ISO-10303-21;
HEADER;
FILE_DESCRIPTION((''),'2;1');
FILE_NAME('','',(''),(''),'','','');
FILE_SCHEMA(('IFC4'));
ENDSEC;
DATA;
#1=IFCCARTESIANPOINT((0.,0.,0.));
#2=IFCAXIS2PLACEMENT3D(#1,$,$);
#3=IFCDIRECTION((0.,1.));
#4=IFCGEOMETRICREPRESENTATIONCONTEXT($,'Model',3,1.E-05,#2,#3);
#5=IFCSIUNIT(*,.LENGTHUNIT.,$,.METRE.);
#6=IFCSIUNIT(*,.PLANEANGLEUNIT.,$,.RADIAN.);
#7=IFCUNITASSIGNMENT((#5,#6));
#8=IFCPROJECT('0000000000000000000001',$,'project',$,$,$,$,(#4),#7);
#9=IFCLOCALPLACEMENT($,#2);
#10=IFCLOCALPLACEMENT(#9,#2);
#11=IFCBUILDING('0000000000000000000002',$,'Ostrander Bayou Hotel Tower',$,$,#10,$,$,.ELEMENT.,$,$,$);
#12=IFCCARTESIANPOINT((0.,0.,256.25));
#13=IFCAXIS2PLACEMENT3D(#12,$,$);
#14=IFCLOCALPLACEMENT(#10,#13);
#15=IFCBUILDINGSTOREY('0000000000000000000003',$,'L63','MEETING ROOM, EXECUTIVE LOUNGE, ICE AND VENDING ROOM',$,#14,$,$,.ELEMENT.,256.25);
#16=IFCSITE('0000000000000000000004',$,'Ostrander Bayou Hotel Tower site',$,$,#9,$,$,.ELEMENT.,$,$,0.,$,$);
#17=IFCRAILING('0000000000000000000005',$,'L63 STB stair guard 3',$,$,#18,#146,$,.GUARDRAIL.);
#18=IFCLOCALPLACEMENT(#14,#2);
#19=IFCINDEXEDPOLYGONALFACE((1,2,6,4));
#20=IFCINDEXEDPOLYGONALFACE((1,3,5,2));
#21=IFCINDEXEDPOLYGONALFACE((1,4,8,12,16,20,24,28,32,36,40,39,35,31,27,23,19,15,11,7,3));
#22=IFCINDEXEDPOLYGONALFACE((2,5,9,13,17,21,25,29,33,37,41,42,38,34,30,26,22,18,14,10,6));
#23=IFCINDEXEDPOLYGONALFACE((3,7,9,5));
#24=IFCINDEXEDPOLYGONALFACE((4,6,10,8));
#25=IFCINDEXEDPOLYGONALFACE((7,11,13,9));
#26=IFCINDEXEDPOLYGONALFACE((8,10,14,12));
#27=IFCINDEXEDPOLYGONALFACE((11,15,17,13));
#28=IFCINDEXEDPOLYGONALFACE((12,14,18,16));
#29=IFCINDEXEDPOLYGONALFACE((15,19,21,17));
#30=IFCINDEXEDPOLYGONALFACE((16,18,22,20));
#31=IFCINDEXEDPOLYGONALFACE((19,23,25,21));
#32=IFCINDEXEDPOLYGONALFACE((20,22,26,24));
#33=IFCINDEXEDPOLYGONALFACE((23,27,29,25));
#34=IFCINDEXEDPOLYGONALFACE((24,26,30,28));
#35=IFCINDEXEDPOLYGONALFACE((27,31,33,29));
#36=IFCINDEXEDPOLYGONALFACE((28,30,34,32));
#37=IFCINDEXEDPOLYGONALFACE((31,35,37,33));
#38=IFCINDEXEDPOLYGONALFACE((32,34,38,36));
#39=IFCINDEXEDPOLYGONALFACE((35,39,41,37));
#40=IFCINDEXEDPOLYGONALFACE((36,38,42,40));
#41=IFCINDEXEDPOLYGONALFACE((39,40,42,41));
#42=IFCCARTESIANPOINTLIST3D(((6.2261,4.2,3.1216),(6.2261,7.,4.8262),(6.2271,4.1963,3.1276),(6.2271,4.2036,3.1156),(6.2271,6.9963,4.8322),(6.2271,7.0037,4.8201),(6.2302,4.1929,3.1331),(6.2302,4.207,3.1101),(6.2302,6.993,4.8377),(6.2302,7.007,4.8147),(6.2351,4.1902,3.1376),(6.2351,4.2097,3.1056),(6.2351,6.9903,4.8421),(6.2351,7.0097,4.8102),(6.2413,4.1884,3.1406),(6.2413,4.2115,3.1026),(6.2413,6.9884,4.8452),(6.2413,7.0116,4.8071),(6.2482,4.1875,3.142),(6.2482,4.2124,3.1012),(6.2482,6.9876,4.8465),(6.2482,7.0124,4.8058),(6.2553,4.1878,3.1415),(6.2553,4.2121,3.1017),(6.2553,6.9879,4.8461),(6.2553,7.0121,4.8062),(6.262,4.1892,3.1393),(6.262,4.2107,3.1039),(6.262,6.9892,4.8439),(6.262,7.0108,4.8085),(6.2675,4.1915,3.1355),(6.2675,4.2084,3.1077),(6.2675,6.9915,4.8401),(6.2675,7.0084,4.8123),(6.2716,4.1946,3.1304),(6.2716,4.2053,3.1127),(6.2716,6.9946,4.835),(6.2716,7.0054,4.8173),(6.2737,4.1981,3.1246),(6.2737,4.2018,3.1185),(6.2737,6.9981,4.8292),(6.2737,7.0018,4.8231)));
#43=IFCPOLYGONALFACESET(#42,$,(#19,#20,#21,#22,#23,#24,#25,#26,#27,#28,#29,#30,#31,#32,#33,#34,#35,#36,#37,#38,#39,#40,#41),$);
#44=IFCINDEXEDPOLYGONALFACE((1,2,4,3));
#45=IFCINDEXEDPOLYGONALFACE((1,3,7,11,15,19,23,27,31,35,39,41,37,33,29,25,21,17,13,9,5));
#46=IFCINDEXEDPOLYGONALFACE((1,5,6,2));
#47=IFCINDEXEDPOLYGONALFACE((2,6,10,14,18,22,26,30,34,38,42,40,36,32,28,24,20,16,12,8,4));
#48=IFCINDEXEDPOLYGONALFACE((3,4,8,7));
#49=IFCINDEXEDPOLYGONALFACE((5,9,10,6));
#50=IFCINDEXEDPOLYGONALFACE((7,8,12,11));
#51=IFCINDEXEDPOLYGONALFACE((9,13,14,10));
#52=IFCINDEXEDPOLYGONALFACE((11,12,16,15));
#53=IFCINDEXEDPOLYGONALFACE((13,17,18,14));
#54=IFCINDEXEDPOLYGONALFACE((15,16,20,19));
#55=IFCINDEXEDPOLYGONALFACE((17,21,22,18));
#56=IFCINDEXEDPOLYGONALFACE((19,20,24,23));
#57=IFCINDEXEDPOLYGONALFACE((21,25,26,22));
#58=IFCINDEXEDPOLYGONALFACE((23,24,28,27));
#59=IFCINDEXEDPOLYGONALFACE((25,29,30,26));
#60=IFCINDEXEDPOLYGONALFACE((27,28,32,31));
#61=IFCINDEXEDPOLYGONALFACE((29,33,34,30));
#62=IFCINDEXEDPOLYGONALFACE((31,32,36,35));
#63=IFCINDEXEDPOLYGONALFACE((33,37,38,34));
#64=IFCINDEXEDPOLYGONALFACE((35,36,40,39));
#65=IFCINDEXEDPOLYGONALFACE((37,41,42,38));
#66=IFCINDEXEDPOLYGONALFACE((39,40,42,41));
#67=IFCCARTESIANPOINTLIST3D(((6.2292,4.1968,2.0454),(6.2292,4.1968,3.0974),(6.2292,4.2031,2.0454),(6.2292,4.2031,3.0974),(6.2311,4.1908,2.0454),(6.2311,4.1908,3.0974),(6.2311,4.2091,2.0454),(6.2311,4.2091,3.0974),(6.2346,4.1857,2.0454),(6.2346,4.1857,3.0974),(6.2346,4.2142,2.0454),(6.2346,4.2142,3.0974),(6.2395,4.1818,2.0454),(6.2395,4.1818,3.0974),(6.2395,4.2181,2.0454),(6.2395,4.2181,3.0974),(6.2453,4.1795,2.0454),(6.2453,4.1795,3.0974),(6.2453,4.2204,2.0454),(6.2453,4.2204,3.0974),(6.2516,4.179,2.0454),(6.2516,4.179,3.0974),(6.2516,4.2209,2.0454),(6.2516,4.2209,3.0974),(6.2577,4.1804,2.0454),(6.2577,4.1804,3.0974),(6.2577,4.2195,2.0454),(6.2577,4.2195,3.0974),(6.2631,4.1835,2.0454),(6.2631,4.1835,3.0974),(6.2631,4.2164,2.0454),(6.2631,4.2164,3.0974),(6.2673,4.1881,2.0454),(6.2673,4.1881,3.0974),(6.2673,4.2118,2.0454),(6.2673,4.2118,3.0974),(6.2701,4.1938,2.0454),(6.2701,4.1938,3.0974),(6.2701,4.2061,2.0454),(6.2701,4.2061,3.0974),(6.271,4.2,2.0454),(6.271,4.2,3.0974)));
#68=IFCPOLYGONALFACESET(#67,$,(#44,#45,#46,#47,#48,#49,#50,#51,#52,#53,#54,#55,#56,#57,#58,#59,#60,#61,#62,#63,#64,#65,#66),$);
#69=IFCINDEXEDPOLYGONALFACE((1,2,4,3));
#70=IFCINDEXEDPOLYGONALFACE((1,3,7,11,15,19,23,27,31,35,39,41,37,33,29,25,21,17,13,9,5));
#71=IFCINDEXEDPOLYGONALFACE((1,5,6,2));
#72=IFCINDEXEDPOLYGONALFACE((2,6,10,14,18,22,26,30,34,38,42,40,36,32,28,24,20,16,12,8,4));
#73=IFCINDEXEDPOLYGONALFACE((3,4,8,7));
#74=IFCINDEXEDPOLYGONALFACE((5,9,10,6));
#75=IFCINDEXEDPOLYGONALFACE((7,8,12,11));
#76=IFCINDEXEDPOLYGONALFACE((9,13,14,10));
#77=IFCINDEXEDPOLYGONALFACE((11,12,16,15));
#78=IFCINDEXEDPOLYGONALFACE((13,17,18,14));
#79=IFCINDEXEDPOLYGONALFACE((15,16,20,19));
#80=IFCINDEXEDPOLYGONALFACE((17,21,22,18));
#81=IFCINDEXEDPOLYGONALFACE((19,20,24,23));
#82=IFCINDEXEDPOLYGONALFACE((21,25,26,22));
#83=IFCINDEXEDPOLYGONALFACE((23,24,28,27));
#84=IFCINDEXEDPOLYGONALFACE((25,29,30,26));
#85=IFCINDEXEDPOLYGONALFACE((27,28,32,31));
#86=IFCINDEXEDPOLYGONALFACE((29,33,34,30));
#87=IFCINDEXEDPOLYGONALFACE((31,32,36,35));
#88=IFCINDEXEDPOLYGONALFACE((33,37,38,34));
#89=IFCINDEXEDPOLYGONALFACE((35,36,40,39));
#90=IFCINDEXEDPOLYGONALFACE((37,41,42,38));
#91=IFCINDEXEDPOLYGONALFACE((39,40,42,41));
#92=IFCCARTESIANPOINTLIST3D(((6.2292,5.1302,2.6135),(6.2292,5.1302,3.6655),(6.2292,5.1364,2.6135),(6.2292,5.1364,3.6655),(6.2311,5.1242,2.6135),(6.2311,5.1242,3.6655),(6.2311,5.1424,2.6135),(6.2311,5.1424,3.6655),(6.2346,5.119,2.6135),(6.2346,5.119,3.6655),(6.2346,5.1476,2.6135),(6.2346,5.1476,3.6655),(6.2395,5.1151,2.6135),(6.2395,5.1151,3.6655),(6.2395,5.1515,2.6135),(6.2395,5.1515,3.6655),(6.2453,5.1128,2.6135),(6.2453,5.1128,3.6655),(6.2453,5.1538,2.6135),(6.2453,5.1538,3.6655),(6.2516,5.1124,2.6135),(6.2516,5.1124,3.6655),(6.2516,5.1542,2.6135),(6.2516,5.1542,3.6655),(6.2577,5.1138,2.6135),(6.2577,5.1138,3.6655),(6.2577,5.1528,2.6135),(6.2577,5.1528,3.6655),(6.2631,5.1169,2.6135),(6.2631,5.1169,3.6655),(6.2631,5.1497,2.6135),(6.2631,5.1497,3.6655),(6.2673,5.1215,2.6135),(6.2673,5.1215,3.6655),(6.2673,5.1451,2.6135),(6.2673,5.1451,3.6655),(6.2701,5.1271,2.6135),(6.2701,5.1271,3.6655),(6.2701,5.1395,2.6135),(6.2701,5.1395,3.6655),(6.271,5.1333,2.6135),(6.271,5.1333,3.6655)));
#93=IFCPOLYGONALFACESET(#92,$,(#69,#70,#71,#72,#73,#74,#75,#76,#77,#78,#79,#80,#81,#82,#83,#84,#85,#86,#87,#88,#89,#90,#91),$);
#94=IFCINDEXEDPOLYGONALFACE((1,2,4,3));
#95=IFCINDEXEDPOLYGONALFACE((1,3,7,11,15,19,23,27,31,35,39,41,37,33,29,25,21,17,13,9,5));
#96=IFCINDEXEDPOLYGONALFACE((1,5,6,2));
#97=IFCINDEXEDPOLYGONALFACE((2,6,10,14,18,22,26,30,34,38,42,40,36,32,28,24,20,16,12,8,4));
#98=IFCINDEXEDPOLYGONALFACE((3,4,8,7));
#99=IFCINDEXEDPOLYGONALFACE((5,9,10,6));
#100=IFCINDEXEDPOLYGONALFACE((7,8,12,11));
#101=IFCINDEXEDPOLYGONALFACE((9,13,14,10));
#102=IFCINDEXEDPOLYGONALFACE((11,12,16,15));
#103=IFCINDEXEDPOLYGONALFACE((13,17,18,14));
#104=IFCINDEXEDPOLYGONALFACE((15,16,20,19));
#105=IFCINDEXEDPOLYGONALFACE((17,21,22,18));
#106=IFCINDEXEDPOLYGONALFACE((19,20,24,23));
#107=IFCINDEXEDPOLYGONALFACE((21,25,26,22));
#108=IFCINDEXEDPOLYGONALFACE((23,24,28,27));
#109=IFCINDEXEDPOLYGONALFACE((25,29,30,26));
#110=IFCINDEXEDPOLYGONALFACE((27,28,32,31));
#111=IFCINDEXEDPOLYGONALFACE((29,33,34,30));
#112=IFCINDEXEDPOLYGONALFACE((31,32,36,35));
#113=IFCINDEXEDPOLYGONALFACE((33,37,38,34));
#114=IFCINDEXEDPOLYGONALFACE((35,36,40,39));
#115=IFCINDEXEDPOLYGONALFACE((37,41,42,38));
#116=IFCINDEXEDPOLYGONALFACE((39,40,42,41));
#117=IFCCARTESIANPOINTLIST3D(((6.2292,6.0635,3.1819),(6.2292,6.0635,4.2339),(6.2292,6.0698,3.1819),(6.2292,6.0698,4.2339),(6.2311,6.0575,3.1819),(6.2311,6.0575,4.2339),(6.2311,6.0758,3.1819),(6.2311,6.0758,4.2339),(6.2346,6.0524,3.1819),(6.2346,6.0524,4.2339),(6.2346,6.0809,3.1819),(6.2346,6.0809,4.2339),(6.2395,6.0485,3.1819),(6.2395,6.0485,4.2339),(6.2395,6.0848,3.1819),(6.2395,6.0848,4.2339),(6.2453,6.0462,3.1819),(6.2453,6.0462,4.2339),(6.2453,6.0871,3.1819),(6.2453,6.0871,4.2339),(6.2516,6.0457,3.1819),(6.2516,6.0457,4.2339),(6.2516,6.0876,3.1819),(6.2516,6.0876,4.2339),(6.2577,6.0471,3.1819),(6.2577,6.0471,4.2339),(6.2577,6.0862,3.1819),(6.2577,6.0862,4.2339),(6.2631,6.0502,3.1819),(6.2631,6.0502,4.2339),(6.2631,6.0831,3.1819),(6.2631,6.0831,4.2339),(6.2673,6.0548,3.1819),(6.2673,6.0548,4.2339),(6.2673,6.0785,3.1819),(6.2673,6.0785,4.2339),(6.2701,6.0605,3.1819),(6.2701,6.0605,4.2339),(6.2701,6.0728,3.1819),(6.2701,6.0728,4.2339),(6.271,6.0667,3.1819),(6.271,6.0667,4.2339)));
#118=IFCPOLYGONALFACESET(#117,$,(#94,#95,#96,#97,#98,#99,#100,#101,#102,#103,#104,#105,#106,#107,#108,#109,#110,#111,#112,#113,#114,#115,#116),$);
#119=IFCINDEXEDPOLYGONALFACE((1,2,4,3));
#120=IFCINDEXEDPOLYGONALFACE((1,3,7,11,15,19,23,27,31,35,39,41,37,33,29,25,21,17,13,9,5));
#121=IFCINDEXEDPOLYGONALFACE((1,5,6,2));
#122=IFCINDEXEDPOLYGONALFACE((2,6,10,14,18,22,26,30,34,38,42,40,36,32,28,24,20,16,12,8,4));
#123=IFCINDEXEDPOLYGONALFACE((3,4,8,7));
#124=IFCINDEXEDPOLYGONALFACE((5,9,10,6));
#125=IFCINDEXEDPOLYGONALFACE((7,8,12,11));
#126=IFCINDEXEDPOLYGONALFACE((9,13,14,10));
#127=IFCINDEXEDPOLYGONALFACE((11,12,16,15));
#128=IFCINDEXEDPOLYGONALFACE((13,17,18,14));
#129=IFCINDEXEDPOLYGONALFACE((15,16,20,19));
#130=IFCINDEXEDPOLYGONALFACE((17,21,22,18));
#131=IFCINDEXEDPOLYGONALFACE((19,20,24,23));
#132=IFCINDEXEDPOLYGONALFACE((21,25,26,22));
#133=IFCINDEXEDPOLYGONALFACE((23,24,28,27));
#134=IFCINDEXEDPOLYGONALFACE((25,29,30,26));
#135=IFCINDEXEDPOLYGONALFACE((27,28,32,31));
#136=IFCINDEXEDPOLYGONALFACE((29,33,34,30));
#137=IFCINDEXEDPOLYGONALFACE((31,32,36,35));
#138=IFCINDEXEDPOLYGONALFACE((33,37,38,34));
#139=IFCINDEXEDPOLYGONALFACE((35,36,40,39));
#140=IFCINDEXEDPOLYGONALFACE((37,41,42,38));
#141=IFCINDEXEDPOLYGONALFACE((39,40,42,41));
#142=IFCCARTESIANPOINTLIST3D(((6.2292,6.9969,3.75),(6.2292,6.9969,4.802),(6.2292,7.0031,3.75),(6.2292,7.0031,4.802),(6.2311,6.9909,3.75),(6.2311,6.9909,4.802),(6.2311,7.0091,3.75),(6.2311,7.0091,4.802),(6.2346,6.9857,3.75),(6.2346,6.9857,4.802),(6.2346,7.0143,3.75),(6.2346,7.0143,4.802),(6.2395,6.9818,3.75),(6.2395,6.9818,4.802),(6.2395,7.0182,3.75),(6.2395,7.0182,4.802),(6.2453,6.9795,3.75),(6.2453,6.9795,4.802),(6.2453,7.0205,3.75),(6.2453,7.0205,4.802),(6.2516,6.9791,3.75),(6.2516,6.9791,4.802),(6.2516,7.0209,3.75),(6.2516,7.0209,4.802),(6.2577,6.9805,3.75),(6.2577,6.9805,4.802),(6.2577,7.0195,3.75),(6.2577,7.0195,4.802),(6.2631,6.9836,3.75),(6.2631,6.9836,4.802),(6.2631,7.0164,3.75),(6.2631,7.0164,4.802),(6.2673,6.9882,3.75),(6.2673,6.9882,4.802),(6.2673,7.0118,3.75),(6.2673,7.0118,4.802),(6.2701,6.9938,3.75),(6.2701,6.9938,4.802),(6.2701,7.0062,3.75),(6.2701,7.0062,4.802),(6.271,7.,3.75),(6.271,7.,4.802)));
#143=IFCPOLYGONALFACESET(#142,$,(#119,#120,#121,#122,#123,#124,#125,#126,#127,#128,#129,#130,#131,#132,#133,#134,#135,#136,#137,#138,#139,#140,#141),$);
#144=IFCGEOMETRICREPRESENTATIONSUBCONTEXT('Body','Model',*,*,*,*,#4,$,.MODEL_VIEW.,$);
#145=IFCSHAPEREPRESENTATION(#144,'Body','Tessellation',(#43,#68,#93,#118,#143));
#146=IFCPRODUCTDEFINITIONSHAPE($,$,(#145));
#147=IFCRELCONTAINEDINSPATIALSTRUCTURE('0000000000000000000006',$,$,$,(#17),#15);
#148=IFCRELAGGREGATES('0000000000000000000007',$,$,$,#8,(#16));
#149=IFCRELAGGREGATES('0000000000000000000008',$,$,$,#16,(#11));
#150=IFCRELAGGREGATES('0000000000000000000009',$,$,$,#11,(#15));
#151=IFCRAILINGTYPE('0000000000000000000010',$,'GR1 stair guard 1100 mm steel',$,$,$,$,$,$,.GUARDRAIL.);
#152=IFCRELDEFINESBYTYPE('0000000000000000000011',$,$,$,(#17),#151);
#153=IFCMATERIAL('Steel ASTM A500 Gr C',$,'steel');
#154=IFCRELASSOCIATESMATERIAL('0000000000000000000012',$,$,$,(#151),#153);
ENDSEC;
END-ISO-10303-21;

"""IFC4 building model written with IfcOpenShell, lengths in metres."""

from ifc_helpers import new_model, si_unit, direction, frame, origin, origin_2d, place, context, subcontext, project, spatial, circle, extrude, material, type_object, element, save


model = new_model("IFC4")

# Units and contexts
model_context = context("Model", 3, precision=1e-05, world=origin(), true_north=direction((0.0, 1.0)))
body_context = subcontext(model_context, "Body", "Model", "MODEL_VIEW")
ifc_project = project(units=[si_unit("LENGTHUNIT", "METRE"), si_unit("PLANEANGLEUNIT", "RADIAN")], contexts=[model_context])

# Site, building, storey
site_placement = place(None, origin())
site = spatial("IfcSite", under=ifc_project, at=site_placement, Name="Ostrander Bayou Hotel Tower site", CompositionType="ELEMENT", RefElevation=0.0)
building_placement = place(site_placement, origin())
building = spatial("IfcBuilding", under=site, at=building_placement, Name="Ostrander Bayou Hotel Tower", CompositionType="ELEMENT")
storey_placement = place(building_placement, frame((0.0, 0.0, 256.25)))
storey = spatial("IfcBuildingStorey", under=building, at=storey_placement, Name="L63", Description="MEETING ROOM, EXECUTIVE LOUNGE, ICE AND VENDING ROOM", CompositionType="ELEMENT", Elevation=256.25)

# Railing
ifc_material_1 = material(Name="Steel ASTM A500 Gr C", Category="steel")
railing_type_1 = type_object("IfcRailingType", Name="GR1 stair guard 1100 mm steel", PredefinedType="GUARDRAIL", material=ifc_material_1)
railing_1_placement = place(storey_placement, frame((6.25, 4.2, 2.0454)))
element("IfcRailing", 1, at=railing_1_placement, inside=storey, type_object=railing_type_1, Name="L63 STB stair guard 3", PredefinedType="GUARDRAIL", context=body_context, shape_type="SweptSolid", body=[
    extrude(circle(Radius=0.0239, at=origin_2d()), frame((0.0, 0.0, 1.0762), z_axis=(0.0, 0.85417, 0.519994), x_axis=(-1.0, 0.0, 0.0)), (0.0, 0.0, 1.0), 3.2781),
    extrude(circle(Radius=0.021, at=origin_2d()), origin(), (0.0, 0.0, 1.0), 1.052),
    extrude(circle(Radius=0.021, at=origin_2d()), frame((0.0, 0.9333, 0.5681)), (0.0, 0.0, 1.0), 1.052),
    extrude(circle(Radius=0.021, at=origin_2d()), frame((0.0, 1.8667, 1.1365)), (0.0, 0.0, 1.0), 1.052),
    extrude(circle(Radius=0.021, at=origin_2d()), frame((0.0, 2.8, 1.7046)), (0.0, 0.0, 1.0), 1.052),
])

save(model, "model.ifc")
